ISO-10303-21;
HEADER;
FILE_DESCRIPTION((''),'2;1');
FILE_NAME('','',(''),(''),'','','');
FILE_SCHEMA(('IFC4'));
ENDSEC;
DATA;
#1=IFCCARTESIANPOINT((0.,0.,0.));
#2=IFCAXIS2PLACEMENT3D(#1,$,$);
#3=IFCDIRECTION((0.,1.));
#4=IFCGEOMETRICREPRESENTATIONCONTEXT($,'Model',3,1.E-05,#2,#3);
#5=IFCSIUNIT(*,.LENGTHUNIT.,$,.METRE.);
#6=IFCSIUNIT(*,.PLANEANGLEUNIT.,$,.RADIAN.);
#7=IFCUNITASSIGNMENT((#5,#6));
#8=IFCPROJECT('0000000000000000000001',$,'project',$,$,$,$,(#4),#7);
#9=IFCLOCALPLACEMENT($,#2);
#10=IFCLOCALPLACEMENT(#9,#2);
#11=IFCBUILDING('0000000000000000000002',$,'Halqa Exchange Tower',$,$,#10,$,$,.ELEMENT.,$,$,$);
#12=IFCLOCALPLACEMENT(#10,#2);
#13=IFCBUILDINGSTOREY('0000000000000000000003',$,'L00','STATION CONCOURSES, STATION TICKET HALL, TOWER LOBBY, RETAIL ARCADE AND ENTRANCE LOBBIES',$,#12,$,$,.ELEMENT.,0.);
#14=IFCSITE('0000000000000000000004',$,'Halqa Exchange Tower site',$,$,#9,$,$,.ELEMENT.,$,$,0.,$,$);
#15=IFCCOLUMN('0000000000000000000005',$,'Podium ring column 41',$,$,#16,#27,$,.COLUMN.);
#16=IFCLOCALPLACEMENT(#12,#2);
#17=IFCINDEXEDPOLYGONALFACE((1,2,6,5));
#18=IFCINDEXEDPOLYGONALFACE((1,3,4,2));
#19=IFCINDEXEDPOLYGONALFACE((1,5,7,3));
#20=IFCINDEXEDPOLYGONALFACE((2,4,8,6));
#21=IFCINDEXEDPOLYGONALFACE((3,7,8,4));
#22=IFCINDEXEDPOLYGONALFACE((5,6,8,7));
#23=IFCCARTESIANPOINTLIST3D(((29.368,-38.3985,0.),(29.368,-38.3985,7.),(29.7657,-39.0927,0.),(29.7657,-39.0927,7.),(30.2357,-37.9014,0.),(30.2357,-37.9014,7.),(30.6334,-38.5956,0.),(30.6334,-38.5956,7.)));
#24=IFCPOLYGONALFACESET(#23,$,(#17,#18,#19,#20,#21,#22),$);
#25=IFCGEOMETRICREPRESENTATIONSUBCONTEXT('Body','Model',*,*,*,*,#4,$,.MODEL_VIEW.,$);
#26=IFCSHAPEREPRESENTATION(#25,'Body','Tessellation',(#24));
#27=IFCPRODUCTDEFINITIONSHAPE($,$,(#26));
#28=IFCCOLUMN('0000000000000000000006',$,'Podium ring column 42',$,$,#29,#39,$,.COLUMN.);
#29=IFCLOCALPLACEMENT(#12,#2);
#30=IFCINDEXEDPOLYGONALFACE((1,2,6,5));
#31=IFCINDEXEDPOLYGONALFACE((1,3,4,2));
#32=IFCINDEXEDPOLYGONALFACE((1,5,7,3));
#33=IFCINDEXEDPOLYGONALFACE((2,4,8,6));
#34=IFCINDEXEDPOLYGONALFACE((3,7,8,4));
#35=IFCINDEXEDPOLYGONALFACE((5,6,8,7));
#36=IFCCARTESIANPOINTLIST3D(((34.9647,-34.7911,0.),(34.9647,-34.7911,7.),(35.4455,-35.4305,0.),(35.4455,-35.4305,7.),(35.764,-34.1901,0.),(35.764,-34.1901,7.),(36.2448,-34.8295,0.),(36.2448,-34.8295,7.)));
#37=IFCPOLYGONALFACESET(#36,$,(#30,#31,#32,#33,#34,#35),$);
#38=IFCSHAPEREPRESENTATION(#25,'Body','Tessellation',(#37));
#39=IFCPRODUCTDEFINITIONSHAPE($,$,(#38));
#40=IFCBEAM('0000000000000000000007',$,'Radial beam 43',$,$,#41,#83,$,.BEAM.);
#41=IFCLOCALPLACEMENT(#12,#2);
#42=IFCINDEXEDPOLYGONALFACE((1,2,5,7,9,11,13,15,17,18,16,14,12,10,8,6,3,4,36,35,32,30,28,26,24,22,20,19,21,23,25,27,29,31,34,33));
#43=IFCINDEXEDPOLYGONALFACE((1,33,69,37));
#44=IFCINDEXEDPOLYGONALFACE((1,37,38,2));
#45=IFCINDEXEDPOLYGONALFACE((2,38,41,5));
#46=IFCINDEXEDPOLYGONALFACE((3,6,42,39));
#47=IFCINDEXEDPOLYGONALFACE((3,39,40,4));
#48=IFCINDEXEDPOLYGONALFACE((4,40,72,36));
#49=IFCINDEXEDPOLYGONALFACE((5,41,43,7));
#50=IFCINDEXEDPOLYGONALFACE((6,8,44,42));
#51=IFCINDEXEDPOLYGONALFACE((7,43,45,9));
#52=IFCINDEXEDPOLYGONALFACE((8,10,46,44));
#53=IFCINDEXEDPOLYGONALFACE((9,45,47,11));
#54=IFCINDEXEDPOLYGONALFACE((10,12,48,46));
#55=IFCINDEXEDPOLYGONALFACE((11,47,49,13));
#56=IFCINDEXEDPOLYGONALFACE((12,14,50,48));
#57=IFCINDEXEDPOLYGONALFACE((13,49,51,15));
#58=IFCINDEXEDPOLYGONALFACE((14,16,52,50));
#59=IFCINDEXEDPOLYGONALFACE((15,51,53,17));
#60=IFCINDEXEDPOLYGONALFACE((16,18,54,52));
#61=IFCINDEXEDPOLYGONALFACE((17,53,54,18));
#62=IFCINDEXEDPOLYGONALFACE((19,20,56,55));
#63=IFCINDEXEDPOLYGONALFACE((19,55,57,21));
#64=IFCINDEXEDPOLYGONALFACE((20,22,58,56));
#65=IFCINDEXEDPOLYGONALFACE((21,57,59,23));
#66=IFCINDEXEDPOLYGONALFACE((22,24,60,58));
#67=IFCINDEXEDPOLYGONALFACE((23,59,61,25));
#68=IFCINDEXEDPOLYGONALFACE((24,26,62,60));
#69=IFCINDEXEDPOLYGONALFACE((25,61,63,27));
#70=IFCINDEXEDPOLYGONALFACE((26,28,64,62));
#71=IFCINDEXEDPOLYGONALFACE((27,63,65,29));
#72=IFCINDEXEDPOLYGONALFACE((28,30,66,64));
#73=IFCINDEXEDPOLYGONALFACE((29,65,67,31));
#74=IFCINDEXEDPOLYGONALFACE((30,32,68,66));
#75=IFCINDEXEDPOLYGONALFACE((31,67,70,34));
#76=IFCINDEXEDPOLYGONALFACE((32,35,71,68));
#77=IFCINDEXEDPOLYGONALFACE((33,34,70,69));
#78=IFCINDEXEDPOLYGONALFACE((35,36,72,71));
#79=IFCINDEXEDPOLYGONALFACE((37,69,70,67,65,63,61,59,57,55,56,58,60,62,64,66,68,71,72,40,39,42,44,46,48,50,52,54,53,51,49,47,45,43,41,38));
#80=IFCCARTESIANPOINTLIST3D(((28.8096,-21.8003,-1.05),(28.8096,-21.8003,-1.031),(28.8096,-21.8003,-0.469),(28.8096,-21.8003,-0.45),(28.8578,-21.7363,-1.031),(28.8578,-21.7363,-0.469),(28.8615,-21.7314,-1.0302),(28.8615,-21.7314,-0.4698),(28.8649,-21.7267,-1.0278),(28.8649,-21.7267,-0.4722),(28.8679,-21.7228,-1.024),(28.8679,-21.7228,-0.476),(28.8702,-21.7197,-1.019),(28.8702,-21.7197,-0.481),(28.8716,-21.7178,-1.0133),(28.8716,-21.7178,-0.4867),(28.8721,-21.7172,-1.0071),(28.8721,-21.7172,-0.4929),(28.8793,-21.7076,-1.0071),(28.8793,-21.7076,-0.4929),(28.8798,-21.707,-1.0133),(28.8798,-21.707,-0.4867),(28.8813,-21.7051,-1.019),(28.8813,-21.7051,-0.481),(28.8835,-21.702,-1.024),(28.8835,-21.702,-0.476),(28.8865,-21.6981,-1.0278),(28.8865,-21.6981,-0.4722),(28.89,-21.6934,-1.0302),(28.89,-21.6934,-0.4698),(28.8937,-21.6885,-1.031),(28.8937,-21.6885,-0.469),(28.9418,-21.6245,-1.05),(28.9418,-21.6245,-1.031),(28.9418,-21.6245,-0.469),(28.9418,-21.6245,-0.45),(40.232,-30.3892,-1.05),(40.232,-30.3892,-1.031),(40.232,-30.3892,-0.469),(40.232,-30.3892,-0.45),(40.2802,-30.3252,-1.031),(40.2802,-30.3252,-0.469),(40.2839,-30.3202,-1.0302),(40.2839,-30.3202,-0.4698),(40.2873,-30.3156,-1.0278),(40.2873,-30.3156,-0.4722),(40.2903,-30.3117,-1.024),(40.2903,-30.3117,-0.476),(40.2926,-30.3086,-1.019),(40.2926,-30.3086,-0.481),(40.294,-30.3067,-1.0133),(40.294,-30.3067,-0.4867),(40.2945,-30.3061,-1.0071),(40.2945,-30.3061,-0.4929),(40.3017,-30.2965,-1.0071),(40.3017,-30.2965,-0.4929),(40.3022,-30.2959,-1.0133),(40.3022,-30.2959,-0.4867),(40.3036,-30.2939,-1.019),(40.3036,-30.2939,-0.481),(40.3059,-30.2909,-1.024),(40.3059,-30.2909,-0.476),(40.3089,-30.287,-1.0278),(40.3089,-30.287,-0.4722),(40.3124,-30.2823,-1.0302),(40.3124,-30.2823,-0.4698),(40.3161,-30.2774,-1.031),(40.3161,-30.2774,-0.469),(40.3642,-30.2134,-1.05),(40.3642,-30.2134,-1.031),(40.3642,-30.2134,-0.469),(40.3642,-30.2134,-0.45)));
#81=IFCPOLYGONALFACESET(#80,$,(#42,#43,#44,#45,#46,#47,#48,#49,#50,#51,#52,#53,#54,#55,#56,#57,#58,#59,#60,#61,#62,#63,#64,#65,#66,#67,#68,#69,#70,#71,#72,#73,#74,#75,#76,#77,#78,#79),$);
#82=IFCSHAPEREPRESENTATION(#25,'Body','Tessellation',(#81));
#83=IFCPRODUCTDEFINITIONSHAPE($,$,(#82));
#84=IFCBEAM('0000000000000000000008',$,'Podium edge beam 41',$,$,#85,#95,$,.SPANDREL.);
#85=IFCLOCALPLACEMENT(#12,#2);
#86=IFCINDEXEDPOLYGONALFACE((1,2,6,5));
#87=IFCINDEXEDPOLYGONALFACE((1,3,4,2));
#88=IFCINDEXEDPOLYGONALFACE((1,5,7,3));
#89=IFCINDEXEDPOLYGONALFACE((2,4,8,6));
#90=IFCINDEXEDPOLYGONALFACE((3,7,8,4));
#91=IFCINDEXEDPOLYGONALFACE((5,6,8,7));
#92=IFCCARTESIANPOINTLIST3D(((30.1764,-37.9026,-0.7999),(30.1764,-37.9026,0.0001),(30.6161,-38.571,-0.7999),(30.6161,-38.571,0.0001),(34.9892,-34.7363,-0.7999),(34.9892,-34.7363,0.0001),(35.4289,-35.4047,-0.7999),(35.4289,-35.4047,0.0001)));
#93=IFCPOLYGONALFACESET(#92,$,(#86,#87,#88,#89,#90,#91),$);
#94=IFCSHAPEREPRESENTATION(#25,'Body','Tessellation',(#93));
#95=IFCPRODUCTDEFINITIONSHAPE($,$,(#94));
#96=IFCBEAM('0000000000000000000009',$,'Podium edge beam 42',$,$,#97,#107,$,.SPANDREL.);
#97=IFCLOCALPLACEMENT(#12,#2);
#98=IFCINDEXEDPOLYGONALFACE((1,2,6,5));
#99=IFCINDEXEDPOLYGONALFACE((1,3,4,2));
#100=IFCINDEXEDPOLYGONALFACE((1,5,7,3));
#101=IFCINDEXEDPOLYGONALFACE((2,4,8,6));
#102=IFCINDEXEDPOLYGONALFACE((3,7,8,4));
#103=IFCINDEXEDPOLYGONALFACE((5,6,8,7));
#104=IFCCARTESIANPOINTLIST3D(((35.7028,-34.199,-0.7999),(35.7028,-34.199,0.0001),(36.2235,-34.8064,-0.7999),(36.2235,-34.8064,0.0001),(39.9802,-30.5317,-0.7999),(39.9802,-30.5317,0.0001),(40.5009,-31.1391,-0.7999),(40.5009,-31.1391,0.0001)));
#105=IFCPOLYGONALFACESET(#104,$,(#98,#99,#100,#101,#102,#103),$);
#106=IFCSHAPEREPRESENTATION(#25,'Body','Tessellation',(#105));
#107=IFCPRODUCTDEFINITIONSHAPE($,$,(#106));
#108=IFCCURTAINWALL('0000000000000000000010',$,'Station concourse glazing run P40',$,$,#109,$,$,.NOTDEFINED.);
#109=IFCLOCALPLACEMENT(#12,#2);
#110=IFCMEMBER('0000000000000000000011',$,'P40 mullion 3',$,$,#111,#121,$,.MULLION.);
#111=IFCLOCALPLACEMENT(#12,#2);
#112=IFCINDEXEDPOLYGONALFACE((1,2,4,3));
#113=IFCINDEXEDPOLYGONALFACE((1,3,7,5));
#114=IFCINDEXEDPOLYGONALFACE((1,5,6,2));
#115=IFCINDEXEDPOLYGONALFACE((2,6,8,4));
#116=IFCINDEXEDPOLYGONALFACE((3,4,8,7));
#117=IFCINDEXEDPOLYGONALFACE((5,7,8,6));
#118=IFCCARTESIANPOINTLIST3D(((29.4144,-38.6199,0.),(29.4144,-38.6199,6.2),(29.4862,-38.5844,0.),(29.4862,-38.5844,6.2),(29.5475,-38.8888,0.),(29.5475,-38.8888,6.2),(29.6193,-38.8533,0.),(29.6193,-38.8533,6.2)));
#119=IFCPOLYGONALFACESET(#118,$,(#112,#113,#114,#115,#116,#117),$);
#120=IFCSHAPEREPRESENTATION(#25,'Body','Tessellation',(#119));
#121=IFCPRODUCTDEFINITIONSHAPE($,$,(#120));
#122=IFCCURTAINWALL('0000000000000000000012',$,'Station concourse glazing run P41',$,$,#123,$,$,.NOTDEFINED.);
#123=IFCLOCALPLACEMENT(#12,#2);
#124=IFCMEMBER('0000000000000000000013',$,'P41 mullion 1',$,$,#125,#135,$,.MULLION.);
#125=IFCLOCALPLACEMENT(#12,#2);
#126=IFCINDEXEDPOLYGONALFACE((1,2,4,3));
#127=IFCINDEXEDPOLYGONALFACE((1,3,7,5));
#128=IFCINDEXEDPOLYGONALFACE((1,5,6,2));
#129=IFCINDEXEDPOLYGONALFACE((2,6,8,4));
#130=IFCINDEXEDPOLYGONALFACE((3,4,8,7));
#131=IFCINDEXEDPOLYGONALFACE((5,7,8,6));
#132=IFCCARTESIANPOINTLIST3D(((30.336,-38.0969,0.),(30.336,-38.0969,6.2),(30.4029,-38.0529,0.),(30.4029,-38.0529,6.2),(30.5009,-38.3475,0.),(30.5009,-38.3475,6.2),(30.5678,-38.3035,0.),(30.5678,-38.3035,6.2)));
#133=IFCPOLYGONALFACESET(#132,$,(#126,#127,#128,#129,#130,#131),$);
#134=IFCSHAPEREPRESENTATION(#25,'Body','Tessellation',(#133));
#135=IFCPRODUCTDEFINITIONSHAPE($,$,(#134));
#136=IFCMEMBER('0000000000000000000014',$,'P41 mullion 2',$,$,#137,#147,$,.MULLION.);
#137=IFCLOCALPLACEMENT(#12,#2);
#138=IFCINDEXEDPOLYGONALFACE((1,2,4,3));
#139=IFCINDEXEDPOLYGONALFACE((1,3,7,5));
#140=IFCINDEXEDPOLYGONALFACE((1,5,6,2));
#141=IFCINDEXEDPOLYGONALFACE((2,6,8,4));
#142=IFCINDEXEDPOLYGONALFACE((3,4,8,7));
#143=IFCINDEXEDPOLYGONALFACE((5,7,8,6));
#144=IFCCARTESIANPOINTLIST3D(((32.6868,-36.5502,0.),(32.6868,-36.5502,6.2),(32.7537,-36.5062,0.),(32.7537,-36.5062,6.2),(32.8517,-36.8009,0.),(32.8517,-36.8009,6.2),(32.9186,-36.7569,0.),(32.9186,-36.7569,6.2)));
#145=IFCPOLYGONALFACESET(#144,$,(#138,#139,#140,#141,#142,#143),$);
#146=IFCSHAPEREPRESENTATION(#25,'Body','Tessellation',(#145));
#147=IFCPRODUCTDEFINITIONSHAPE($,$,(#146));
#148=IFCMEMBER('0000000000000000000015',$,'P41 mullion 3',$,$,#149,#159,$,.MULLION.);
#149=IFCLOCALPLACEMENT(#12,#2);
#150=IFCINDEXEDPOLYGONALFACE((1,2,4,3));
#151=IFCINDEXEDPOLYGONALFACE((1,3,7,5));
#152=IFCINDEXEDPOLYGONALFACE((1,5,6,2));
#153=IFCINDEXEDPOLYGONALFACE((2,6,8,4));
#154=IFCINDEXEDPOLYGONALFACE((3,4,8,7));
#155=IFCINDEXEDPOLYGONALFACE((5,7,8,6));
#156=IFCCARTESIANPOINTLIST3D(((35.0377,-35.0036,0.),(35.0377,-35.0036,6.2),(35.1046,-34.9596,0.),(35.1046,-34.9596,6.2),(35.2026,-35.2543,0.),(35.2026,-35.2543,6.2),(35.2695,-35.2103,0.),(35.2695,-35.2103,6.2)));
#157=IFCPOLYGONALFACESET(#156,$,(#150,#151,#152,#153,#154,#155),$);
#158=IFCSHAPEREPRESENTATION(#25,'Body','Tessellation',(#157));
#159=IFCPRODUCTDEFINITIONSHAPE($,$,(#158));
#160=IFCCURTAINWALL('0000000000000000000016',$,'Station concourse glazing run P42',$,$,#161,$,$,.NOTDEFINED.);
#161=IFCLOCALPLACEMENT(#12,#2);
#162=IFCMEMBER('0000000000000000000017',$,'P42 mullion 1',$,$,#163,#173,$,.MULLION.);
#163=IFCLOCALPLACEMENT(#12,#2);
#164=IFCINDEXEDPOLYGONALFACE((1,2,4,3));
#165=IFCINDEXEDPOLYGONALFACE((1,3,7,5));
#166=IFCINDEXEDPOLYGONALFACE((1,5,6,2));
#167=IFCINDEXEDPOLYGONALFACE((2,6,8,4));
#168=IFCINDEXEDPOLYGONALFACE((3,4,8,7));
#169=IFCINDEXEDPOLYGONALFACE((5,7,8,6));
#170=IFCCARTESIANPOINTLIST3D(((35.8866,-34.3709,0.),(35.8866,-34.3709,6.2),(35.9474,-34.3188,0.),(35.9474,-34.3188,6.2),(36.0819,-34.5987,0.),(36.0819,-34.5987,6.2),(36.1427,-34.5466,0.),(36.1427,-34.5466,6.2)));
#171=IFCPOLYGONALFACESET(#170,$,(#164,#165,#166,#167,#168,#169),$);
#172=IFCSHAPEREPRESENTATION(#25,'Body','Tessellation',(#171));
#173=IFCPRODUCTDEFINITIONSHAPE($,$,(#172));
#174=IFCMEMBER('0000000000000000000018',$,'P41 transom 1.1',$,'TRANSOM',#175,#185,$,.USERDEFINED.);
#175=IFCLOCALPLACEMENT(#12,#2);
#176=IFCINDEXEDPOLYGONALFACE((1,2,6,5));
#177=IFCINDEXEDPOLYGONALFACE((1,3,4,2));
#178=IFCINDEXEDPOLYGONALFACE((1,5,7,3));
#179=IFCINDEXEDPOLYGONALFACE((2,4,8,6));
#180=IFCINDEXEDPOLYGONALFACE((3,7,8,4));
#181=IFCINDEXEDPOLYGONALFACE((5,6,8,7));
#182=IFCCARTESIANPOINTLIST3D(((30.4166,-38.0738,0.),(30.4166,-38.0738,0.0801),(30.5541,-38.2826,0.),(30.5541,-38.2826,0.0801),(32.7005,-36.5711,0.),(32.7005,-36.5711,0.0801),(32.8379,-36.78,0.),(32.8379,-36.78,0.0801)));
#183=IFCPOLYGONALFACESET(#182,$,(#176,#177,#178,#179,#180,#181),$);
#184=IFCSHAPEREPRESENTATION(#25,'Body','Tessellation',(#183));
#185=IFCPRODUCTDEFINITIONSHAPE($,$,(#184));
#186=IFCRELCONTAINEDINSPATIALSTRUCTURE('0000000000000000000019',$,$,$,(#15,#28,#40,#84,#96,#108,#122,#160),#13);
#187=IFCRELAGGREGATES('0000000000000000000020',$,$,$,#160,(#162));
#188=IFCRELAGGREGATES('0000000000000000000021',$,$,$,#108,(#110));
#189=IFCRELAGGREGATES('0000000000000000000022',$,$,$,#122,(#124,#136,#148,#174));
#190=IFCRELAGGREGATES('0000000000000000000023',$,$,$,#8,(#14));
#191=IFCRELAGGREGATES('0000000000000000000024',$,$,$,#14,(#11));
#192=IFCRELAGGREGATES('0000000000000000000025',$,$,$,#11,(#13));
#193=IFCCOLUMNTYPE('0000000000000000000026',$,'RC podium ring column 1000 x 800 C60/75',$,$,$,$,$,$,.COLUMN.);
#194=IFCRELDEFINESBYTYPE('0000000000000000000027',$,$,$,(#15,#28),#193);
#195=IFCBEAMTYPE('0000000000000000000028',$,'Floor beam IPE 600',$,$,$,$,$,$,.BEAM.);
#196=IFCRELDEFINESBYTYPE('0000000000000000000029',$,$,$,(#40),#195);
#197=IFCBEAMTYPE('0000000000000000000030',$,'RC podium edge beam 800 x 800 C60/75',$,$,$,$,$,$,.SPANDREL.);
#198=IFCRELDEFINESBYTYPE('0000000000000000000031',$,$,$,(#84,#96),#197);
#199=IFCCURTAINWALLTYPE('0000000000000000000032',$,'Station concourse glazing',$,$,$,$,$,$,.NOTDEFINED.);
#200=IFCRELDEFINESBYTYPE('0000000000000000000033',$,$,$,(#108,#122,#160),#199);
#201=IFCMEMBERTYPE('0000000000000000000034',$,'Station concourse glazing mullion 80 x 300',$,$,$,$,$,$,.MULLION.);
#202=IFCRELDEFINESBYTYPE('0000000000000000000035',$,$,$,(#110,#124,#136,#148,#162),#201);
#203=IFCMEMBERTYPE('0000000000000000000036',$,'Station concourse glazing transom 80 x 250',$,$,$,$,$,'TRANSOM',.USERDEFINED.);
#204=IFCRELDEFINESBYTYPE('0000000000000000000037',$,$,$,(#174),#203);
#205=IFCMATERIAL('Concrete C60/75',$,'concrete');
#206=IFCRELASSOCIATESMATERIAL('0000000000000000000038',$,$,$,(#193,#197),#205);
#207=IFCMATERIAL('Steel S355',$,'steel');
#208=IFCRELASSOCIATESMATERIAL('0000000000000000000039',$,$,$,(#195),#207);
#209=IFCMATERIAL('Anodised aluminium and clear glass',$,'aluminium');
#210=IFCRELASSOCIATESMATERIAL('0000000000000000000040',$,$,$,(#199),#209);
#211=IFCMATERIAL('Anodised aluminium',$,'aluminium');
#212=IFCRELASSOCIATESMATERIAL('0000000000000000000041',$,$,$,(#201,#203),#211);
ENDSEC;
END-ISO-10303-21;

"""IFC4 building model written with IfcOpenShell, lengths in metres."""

from ifc_helpers import new_model, si_unit, direction, frame, origin, origin_2d, place, context, subcontext, project, spatial, rectangle, i_section, extrude, material, material_profile, profile_set, type_object, element, aggregate, save


model = new_model("IFC4")

# Units and contexts
model_context = context("Model", 3, precision=1e-05, world=origin(), true_north=direction((0.0, 1.0)))
body_context = subcontext(model_context, "Body", "Model", "MODEL_VIEW")
ifc_project = project(units=[si_unit("LENGTHUNIT", "METRE"), si_unit("PLANEANGLEUNIT", "RADIAN")], contexts=[model_context])

# Site, building, storey
site_placement = place(None, origin())
site = spatial("IfcSite", under=ifc_project, at=site_placement, Name="Halqa Exchange Tower site", CompositionType="ELEMENT", RefElevation=0.0)
building_placement = place(site_placement, origin())
building = spatial("IfcBuilding", under=site, at=building_placement, Name="Halqa Exchange Tower", CompositionType="ELEMENT")
storey_placement = place(building_placement, origin())
storey = spatial("IfcBuildingStorey", under=building, at=storey_placement, Name="L00", Description="STATION CONCOURSES, STATION TICKET HALL, TOWER LOBBY, RETAIL ARCADE AND ENTRANCE LOBBIES", CompositionType="ELEMENT", Elevation=0.0)

# Columns
ifc_material_1 = material(Name="Concrete C60/75", Category="concrete")
ifc_material_profile_1 = material_profile(ifc_material_1, rectangle(XDim=1.0, YDim=0.8, at=origin_2d()), Name="1000 x 800")
ifc_profile_set_1 = profile_set([ifc_material_profile_1], Name="Concrete C60/75")
column_type = type_object("IfcColumnType", Name="RC podium ring column 1000 x 800 C60/75", PredefinedType="COLUMN", material=ifc_profile_set_1)
for number, where, z_axis, x_axis, name in (
    (1, (30.0007, -38.4971, 0.0), (0.0, 0.0, 1.0), (0.867693, 0.4971, 0.0), "Podium ring column 41"),
    (2, (35.6047, -34.8103, 0.0), (0.0, 0.0, 1.0), (0.79926, 0.600985, 0.0), "Podium ring column 42"),
):
    element("IfcColumn", number, at=place(storey_placement, frame(where, z_axis=z_axis, x_axis=x_axis)), inside=storey, type_object=column_type, Name=name, PredefinedType="COLUMN", context=body_context, shape_type="SweptSolid", body=[
        extrude(rectangle(XDim=1.0, YDim=0.8, at=origin_2d()), origin(), (0.0, 0.0, 1.0), 7.0),
    ])

# Beams
ifc_material_2 = material(Name="Steel S355", Category="steel")
ifc_material_profile_2 = material_profile(ifc_material_2, i_section(OverallWidth=0.22, OverallDepth=0.6001, WebThickness=0.012, FlangeThickness=0.019, FilletRadius=0.0239, at=origin_2d()), Name="IPE 600")
ifc_profile_set_2 = profile_set([ifc_material_profile_2], Name="Steel S355")
beam_type_1 = type_object("IfcBeamType", Name="Floor beam IPE 600", PredefinedType="BEAM", material=ifc_profile_set_2)
beam_1_placement = place(storey_placement, frame((28.8757, -21.7124, -0.75), z_axis=(0.799257, -0.600989, 0.0), x_axis=(0.600989, 0.799257, 0.0)))
element("IfcBeam", 3, at=beam_1_placement, inside=storey, type_object=beam_type_1, Name="Radial beam 43", PredefinedType="BEAM", context=body_context, shape_type="SweptSolid", body=[
    extrude(i_section(OverallWidth=0.22, OverallDepth=0.6001, WebThickness=0.012, FlangeThickness=0.019, FilletRadius=0.0239, at=origin_2d()), origin(), (0.0, 0.0, 1.0), 14.2913),
])
ifc_material_profile_3 = material_profile(ifc_material_1, rectangle(XDim=0.8, YDim=0.8, at=origin_2d()), Name="800 x 800")
ifc_profile_set_3 = profile_set([ifc_material_profile_3], Name="Concrete C60/75")
beam_type_2 = type_object("IfcBeamType", Name="RC podium edge beam 800 x 800 C60/75", PredefinedType="SPANDREL", material=ifc_profile_set_3)
beam_2_placement = place(storey_placement, frame((30.3962, -38.2368, -0.3999), z_axis=(0.835419, 0.549614, 0.0), x_axis=(-0.549614, 0.835419, 0.0)))
element("IfcBeam", 4, at=beam_2_placement, inside=storey, type_object=beam_type_2, Name="Podium edge beam 41", PredefinedType="SPANDREL", context=body_context, shape_type="SweptSolid", body=[
    extrude(rectangle(XDim=0.8, YDim=0.8, at=origin_2d()), origin(), (0.0, 0.0, 1.0), 5.761),
])
beam_3_placement = place(storey_placement, frame((35.9631, -34.5027, -0.3999), z_axis=(0.759174, 0.650888, 0.0), x_axis=(-0.650888, 0.759174, 0.0)))
element("IfcBeam", 5, at=beam_3_placement, inside=storey, type_object=beam_type_2, Name="Podium edge beam 42", PredefinedType="SPANDREL", context=body_context, shape_type="SweptSolid", body=[
    extrude(rectangle(XDim=0.8, YDim=0.8, at=origin_2d()), origin(), (0.0, 0.0, 1.0), 5.6343),
])

# Curtain wall, member
ifc_material_3 = material(Name="Anodised aluminium and clear glass", Category="aluminium")
curtain_wall_type = type_object("IfcCurtainWallType", Name="Station concourse glazing", PredefinedType="NOTDEFINED", material=ifc_material_3)
curtain_wall_1_placement = place(storey_placement, origin())
curtain_wall_1 = element("IfcCurtainWall", 6, at=curtain_wall_1_placement, inside=storey, type_object=curtain_wall_type, Name="Station concourse glazing run P40", PredefinedType="NOTDEFINED")
ifc_material_4 = material(Name="Anodised aluminium", Category="aluminium")
ifc_material_profile_4 = material_profile(ifc_material_4, rectangle(XDim=0.3, YDim=0.0801, at=origin_2d()), Name="AL 80x300")
ifc_profile_set_4 = profile_set([ifc_material_profile_4], Name="Anodised aluminium")
member_type_1 = type_object("IfcMemberType", Name="Station concourse glazing mullion 80 x 300", PredefinedType="MULLION", material=ifc_profile_set_4)
member_1_placement = place(storey_placement, frame((29.5168, -38.7366, 0.0), z_axis=(0.0, 0.0, 1.0), x_axis=(-0.443653, 0.896198, 0.0)))
member_1 = element("IfcMember", 7, at=member_1_placement, type_object=member_type_1, Name="P40 mullion 3", PredefinedType="MULLION", context=body_context, shape_type="SweptSolid", body=[
    extrude(rectangle(XDim=0.3, YDim=0.0801, at=origin_2d()), origin(), (0.0, 0.0, 1.0), 6.2),
])

# Curtain wall, members
curtain_wall_2_placement = place(storey_placement, origin())
curtain_wall_2 = element("IfcCurtainWall", 8, at=curtain_wall_2_placement, inside=storey, type_object=curtain_wall_type, Name="Station concourse glazing run P41", PredefinedType="NOTDEFINED")
member_2_placement = place(storey_placement, frame((30.4519, -38.2002, 0.0), z_axis=(0.0, 0.0, 1.0), x_axis=(-0.54962, 0.835415, 0.0)))
member_2 = element("IfcMember", 9, at=member_2_placement, type_object=member_type_1, Name="P41 mullion 1", PredefinedType="MULLION", context=body_context, shape_type="SweptSolid", body=[
    extrude(rectangle(XDim=0.3, YDim=0.0801, at=origin_2d()), origin(), (0.0, 0.0, 1.0), 6.2),
])
member_3_placement = place(storey_placement, frame((32.8027, -36.6536, 0.0), z_axis=(0.0, 0.0, 1.0), x_axis=(-0.54962, 0.835415, 0.0)))
member_3 = element("IfcMember", 10, at=member_3_placement, type_object=member_type_1, Name="P41 mullion 2", PredefinedType="MULLION", context=body_context, shape_type="SweptSolid", body=[
    extrude(rectangle(XDim=0.3, YDim=0.0801, at=origin_2d()), origin(), (0.0, 0.0, 1.0), 6.2),
])
member_4_placement = place(storey_placement, frame((35.1536, -35.1069, 0.0), z_axis=(0.0, 0.0, 1.0), x_axis=(-0.54962, 0.835415, 0.0)))
member_4 = element("IfcMember", 11, at=member_4_placement, type_object=member_type_1, Name="P41 mullion 3", PredefinedType="MULLION", context=body_context, shape_type="SweptSolid", body=[
    extrude(rectangle(XDim=0.3, YDim=0.0801, at=origin_2d()), origin(), (0.0, 0.0, 1.0), 6.2),
])

# Curtain wall, member
curtain_wall_3_placement = place(storey_placement, origin())
curtain_wall_3 = element("IfcCurtainWall", 12, at=curtain_wall_3_placement, inside=storey, type_object=curtain_wall_type, Name="Station concourse glazing run P42", PredefinedType="NOTDEFINED")
member_5_placement = place(storey_placement, frame((36.0146, -34.4587, 0.0), z_axis=(0.0, 0.0, 1.0), x_axis=(-0.650911, 0.759154, 0.0)))
member_5 = element("IfcMember", 13, at=member_5_placement, type_object=member_type_1, Name="P42 mullion 1", PredefinedType="MULLION", context=body_context, shape_type="SweptSolid", body=[
    extrude(rectangle(XDim=0.3, YDim=0.0801, at=origin_2d()), origin(), (0.0, 0.0, 1.0), 6.2),
])
aggregate(curtain_wall_3, [member_5])

# Member
ifc_material_profile_5 = material_profile(ifc_material_4, rectangle(XDim=0.25, YDim=0.0801, at=origin_2d()), Name="AL 80x250")
ifc_profile_set_5 = profile_set([ifc_material_profile_5], Name="Anodised aluminium")
member_type_2 = type_object("IfcMemberType", Name="Station concourse glazing transom 80 x 250", ElementType="TRANSOM", PredefinedType="USERDEFINED", material=ifc_profile_set_5)
member_6_placement = place(storey_placement, frame((30.4854, -38.1782, 0.04), z_axis=(0.835401, 0.549641, 0.0), x_axis=(-0.549641, 0.835401, 0.0)))
member_6 = element("IfcMember", 14, at=member_6_placement, type_object=member_type_2, Name="P41 transom 1.1", ObjectType="TRANSOM", PredefinedType="USERDEFINED", context=body_context, shape_type="SweptSolid", body=[
    extrude(rectangle(XDim=0.25, YDim=0.0801, at=origin_2d()), origin(), (0.0, 0.0, 1.0), 2.7339),
])

aggregate(curtain_wall_1, [member_1])
aggregate(curtain_wall_2, [member_2, member_3, member_4, member_6])

save(model, "model.ifc")
